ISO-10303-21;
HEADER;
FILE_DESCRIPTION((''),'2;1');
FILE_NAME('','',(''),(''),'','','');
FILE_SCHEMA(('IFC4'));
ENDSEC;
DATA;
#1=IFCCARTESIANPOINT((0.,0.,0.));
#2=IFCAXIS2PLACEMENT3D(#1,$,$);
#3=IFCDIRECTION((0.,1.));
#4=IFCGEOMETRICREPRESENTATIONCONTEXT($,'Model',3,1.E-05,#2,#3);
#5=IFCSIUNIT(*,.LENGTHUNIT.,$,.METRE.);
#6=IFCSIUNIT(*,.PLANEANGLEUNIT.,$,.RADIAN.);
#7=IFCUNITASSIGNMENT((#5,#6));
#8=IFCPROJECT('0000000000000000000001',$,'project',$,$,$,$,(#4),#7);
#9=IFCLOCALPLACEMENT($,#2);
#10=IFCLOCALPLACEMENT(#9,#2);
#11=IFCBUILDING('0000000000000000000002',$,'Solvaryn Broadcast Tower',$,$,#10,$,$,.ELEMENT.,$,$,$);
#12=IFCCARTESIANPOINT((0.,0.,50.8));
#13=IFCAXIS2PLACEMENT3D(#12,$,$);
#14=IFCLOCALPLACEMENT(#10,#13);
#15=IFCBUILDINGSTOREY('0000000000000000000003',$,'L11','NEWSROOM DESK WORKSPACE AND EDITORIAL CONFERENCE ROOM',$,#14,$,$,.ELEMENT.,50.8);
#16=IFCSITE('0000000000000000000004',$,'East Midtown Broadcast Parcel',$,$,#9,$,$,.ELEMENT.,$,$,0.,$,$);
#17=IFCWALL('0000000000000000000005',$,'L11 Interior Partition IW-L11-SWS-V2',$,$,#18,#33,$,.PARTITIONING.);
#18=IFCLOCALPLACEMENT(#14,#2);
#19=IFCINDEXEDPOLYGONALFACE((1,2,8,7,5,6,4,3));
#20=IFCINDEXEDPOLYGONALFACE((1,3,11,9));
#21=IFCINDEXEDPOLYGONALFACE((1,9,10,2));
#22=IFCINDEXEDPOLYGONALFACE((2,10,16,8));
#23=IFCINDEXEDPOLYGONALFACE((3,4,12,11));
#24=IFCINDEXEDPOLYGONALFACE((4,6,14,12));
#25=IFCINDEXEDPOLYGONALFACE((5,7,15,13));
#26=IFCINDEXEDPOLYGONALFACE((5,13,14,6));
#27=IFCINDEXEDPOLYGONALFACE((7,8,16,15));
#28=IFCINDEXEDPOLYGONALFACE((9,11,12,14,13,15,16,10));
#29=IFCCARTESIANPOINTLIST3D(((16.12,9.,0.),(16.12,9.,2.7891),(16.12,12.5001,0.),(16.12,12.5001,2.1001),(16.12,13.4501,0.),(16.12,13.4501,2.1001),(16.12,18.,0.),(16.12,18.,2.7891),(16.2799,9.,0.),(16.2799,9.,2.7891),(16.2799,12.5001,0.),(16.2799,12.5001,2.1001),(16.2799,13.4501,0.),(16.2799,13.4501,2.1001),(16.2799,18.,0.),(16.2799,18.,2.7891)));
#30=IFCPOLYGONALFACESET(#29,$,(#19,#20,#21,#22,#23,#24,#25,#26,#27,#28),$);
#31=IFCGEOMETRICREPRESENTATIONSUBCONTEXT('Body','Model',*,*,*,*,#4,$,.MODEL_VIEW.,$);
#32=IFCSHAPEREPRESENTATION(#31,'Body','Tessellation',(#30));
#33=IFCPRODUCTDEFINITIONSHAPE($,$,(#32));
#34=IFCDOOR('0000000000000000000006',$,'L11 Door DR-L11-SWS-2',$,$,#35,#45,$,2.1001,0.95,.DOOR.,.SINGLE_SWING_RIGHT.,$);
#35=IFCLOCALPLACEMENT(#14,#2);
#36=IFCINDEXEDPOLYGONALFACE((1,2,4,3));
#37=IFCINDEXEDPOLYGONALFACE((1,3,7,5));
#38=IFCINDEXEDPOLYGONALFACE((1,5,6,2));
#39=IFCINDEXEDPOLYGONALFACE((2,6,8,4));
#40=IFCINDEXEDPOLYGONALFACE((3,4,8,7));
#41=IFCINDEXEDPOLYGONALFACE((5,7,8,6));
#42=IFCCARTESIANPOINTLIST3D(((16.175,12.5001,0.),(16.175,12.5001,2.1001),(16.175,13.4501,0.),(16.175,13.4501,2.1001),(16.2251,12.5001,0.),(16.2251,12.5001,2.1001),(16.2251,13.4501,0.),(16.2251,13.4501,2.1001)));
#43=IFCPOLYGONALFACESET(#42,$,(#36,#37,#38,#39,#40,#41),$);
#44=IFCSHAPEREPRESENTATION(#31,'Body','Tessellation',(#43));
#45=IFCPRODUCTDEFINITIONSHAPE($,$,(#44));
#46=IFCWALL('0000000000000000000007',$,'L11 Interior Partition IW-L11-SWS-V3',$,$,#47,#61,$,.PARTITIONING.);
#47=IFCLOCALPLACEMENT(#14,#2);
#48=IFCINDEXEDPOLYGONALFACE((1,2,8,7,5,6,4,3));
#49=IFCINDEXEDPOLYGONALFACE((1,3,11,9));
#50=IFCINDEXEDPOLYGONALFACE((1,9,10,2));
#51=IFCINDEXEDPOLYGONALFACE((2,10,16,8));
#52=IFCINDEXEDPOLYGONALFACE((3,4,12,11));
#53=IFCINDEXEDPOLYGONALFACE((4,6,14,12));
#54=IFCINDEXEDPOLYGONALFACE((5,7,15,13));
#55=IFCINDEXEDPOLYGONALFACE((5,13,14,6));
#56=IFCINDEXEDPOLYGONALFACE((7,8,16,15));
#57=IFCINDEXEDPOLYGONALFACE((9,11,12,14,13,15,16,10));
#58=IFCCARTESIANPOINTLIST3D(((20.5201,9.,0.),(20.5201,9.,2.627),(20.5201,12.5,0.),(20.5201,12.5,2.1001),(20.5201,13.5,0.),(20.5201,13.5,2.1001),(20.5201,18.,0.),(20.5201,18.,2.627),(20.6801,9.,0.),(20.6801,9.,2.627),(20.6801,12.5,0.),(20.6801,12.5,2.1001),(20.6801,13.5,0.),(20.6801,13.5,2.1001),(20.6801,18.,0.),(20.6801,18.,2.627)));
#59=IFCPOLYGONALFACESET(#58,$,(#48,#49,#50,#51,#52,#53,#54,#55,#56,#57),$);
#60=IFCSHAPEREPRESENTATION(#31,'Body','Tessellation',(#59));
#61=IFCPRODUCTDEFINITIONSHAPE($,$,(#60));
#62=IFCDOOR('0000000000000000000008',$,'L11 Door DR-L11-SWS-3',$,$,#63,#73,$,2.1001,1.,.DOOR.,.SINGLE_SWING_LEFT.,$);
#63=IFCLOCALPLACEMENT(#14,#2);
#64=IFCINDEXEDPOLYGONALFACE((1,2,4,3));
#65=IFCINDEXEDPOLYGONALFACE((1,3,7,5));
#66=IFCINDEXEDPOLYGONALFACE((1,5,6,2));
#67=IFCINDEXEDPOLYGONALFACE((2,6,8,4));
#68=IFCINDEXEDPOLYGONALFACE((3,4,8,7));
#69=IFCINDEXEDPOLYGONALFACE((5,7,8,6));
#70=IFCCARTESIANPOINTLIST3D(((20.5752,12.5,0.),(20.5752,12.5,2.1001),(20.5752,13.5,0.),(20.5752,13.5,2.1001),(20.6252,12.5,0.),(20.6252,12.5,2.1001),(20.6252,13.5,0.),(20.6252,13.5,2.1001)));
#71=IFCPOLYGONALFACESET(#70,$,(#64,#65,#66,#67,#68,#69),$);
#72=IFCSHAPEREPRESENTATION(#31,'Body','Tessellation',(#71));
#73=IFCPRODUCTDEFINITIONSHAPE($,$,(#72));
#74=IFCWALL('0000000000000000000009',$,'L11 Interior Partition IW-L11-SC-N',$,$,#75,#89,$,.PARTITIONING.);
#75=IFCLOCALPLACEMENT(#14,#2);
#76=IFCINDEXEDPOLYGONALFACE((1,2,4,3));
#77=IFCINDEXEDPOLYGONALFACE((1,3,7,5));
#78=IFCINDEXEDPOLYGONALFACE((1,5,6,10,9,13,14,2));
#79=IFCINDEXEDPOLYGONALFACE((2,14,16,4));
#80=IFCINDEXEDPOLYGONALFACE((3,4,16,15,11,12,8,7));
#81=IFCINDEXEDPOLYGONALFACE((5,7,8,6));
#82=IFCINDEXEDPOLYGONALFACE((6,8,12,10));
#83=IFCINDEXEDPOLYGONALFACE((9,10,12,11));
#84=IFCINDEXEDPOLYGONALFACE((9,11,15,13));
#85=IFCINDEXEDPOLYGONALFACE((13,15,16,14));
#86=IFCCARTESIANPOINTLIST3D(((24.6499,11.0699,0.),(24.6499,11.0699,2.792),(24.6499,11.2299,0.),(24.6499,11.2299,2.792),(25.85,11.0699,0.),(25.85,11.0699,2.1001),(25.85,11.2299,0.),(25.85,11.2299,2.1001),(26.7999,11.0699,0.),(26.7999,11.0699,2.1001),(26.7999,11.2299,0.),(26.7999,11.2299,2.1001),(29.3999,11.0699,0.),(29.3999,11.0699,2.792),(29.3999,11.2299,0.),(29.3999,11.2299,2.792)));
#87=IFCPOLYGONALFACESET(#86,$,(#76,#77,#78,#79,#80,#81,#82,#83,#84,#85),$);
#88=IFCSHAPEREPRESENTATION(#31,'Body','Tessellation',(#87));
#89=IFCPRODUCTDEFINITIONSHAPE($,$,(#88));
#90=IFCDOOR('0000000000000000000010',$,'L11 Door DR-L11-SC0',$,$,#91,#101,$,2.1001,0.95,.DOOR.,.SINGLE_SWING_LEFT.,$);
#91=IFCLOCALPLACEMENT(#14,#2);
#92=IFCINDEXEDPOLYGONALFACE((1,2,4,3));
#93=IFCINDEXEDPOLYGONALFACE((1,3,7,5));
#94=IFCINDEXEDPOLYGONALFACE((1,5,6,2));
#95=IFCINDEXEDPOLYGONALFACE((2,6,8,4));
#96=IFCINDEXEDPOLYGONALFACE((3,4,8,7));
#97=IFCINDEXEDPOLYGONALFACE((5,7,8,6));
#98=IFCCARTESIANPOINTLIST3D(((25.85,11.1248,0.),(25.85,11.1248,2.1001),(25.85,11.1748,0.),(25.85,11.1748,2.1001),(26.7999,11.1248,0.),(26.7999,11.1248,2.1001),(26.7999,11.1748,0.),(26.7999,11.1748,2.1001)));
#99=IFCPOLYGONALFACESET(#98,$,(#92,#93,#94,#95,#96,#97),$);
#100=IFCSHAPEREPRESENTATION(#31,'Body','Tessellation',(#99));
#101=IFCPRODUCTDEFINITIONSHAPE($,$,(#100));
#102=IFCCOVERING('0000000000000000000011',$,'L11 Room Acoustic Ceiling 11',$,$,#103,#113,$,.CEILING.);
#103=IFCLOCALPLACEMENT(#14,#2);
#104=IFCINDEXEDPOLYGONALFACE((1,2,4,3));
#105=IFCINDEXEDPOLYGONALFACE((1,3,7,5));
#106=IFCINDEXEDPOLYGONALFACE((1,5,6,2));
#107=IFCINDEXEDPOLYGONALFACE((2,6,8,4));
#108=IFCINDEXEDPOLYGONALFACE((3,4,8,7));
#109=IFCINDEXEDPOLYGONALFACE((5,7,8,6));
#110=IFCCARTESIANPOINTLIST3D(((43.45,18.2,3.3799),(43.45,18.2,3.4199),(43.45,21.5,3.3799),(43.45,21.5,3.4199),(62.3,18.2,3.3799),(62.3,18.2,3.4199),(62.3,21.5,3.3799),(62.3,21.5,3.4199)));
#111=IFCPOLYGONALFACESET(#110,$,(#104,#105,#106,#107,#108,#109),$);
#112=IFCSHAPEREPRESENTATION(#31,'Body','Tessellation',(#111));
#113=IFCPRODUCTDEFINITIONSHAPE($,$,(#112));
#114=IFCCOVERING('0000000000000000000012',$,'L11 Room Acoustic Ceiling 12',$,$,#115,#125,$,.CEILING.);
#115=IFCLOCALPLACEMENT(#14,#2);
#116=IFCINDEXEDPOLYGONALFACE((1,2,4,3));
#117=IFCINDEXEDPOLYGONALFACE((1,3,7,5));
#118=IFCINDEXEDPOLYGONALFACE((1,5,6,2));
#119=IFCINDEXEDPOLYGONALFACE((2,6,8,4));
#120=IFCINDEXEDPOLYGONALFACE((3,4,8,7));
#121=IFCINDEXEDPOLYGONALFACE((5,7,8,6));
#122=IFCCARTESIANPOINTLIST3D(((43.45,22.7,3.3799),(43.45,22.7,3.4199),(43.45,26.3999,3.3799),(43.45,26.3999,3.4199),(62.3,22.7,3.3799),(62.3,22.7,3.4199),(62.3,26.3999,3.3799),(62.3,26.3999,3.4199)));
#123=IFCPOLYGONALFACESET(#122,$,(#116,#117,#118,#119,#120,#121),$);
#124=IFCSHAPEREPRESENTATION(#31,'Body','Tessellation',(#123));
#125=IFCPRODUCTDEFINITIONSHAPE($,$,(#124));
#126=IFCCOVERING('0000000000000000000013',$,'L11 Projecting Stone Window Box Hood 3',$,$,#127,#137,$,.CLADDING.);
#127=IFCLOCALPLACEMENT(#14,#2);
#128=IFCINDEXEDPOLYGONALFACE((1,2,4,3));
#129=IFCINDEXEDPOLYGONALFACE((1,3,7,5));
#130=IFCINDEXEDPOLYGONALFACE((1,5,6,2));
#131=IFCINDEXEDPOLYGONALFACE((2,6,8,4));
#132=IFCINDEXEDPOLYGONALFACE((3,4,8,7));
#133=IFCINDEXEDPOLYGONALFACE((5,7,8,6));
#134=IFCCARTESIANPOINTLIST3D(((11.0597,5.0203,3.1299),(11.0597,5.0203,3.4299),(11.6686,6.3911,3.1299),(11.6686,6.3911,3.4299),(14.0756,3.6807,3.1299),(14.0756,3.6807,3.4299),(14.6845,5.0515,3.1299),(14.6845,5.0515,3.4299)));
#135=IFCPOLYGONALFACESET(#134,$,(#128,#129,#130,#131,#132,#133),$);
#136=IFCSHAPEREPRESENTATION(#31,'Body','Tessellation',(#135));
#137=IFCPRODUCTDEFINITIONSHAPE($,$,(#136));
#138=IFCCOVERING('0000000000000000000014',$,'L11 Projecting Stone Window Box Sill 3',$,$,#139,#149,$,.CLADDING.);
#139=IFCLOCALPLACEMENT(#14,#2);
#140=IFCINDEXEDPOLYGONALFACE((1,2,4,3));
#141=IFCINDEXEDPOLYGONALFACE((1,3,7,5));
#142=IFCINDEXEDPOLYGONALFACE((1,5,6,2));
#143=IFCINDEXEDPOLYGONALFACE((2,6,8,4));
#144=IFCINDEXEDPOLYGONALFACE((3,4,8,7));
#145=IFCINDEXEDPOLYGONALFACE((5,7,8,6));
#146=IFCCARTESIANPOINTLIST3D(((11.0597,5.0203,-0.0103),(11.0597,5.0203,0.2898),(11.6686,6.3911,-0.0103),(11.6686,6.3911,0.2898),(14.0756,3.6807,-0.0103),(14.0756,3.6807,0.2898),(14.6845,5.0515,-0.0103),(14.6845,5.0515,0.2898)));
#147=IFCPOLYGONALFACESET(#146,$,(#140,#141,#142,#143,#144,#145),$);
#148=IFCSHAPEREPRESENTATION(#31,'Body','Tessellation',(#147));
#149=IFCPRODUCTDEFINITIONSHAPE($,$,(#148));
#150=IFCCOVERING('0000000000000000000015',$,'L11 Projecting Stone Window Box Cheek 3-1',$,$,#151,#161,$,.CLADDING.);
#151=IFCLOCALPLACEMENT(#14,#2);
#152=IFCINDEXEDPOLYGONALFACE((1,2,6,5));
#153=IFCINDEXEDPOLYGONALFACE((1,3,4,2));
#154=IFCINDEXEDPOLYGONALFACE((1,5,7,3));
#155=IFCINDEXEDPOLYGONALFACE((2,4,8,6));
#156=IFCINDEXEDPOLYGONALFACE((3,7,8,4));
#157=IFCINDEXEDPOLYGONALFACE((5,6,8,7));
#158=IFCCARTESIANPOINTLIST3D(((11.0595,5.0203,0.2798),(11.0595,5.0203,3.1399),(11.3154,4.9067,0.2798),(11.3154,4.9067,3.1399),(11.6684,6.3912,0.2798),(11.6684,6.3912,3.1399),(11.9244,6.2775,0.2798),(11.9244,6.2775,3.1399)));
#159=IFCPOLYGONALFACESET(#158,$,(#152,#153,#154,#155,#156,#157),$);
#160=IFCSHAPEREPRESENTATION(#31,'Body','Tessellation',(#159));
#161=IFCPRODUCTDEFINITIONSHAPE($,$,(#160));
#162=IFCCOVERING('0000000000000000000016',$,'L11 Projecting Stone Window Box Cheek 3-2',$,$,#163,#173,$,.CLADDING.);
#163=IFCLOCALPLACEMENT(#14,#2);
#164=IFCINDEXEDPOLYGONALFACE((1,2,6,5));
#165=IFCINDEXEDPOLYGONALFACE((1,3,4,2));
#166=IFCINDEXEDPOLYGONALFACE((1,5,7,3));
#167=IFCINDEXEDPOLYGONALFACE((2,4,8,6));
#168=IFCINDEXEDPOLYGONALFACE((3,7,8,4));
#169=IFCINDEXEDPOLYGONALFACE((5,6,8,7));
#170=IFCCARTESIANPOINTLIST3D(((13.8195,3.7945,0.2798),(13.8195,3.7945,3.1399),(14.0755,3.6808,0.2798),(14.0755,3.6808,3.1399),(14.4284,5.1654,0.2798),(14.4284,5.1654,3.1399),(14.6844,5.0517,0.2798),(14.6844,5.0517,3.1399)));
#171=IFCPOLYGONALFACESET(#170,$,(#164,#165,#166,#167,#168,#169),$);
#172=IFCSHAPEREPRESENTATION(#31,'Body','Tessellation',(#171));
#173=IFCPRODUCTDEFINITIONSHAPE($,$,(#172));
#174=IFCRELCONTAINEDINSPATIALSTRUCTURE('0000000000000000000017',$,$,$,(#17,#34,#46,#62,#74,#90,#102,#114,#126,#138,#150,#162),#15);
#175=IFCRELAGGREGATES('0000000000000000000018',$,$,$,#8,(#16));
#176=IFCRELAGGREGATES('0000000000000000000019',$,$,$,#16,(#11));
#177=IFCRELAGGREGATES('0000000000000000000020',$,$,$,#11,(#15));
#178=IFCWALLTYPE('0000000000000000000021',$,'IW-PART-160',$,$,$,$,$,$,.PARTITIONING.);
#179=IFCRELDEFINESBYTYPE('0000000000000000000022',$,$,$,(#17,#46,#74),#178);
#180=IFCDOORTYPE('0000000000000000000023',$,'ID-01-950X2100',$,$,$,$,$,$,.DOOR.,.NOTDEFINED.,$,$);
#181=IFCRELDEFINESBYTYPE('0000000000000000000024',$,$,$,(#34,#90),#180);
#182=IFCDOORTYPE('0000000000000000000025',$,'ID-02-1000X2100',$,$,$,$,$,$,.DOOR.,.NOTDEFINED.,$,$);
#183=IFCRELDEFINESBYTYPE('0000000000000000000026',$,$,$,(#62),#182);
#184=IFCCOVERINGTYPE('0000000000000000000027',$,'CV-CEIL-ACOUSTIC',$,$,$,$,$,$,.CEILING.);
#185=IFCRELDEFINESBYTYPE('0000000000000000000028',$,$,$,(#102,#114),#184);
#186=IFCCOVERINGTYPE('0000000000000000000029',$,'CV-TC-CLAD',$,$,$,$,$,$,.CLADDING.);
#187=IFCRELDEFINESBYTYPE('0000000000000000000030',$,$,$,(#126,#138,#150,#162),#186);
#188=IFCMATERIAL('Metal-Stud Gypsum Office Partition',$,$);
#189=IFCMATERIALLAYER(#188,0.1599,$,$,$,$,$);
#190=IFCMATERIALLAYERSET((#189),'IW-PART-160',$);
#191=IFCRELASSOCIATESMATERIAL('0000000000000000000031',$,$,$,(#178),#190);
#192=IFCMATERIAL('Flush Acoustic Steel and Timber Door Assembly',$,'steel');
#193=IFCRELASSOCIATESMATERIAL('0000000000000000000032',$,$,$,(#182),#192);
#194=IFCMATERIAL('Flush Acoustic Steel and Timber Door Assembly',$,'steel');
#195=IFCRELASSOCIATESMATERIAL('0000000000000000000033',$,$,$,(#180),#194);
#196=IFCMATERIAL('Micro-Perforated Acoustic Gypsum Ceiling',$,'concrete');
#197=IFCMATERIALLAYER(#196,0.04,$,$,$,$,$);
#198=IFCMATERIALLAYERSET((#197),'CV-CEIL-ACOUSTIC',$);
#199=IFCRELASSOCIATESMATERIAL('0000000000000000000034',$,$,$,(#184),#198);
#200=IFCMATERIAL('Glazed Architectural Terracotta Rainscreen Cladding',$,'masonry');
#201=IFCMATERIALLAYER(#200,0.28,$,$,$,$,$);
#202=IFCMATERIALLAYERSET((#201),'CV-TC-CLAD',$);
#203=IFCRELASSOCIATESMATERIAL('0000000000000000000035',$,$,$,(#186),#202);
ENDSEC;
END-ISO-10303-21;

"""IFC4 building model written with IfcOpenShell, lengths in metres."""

from ifc_helpers import new_model, si_unit, direction, frame, frame_2d, origin, origin_2d, place, context, subcontext, project, spatial, polyline, rectangle, outline, extrude, material, layer, layer_set, type_object, element, fill, save


model = new_model("IFC4")

# Units and contexts
model_context = context("Model", 3, precision=1e-05, world=origin(), true_north=direction((0.0, 1.0)))
body_context = subcontext(model_context, "Body", "Model", "MODEL_VIEW")
ifc_project = project(units=[si_unit("LENGTHUNIT", "METRE"), si_unit("PLANEANGLEUNIT", "RADIAN")], contexts=[model_context])

# Site, building, storey
site_placement = place(None, origin())
site = spatial("IfcSite", under=ifc_project, at=site_placement, Name="East Midtown Broadcast Parcel", CompositionType="ELEMENT", RefElevation=0.0)
building_placement = place(site_placement, origin())
building = spatial("IfcBuilding", under=site, at=building_placement, Name="Solvaryn Broadcast Tower", CompositionType="ELEMENT")
storey_placement = place(building_placement, frame((0.0, 0.0, 50.8)))
storey = spatial("IfcBuildingStorey", under=building, at=storey_placement, Name="L11", Description="NEWSROOM DESK WORKSPACE AND EDITORIAL CONFERENCE ROOM", CompositionType="ELEMENT", Elevation=50.8)

# Shared definitions
ifc_material_1 = material(Name="Metal-Stud Gypsum Office Partition")
ifc_layer_1 = layer(ifc_material_1, 0.1599)
ifc_layer_set_1 = layer_set([ifc_layer_1], Name="IW-PART-160")
wall_type = type_object("IfcWallType", Name="IW-PART-160", PredefinedType="PARTITIONING", material=ifc_layer_set_1)
ifc_material_2 = material(Name="Flush Acoustic Steel and Timber Door Assembly", Category="steel")
door_type_1 = type_object("IfcDoorType", Name="ID-02-1000X2100", OperationType="NOTDEFINED", PredefinedType="DOOR", material=ifc_material_2)

# Walls, openings, doors
wall_1_placement = place(storey_placement, frame((16.2, 9.0, 0.0), z_axis=(0.0, 0.0, 1.0), x_axis=(0.0, 1.0, 0.0)))
wall_1 = element("IfcWall", 1, at=wall_1_placement, inside=storey, type_object=wall_type, Name="L11 Interior Partition IW-L11-SWS-V2", PredefinedType="PARTITIONING", context=body_context, shape_type="SweptSolid", body=[
    extrude(rectangle(XDim=9.0, YDim=0.1599, at=frame_2d((4.5, 0.0))), origin(), (0.0, 0.0, 1.0), 2.7891),
])
opening_1_placement = place(wall_1_placement, frame((3.5, 0.0, 0.0)))
opening_1 = element("IfcOpeningElement", 2, at=opening_1_placement, cuts=wall_1, PredefinedType="OPENING", context=body_context, shape_type="SweptSolid", body=[
    extrude(rectangle(XDim=0.95, YDim=2.1001, at=frame_2d((0.4751, 1.05))), frame((0.0, 0.0901, 0.0), z_axis=(0.0, -1.0, 0.0), x_axis=(1.0, 0.0, 0.0)), (0.0, 0.0, 1.0), 0.1799),
])
ifc_material_3 = material(Name="Flush Acoustic Steel and Timber Door Assembly", Category="steel")
door_type_2 = type_object("IfcDoorType", Name="ID-01-950X2100", OperationType="NOTDEFINED", PredefinedType="DOOR", material=ifc_material_3)
door_1_placement = place(opening_1_placement, origin())
door_1 = element("IfcDoor", 3, at=door_1_placement, inside=storey, type_object=door_type_2, Name="L11 Door DR-L11-SWS-2", OperationType="SINGLE_SWING_RIGHT", OverallHeight=2.1001, OverallWidth=0.95, PredefinedType="DOOR", context=body_context, shape_type="SweptSolid", body=[
    extrude(rectangle(XDim=0.95, YDim=2.1001, at=frame_2d((0.4751, 1.05))), frame((0.0, 0.0249, 0.0), z_axis=(0.0, -1.0, 0.0), x_axis=(1.0, 0.0, 0.0)), (0.0, 0.0, 1.0), 0.05),
])
fill(opening_1, door_1)
wall_2_placement = place(storey_placement, frame((20.6001, 9.0, 0.0), z_axis=(0.0, 0.0, 1.0), x_axis=(0.0, 1.0, 0.0)))
wall_2 = element("IfcWall", 4, at=wall_2_placement, inside=storey, type_object=wall_type, Name="L11 Interior Partition IW-L11-SWS-V3", PredefinedType="PARTITIONING", context=body_context, shape_type="SweptSolid", body=[
    extrude(rectangle(XDim=9.0, YDim=0.1599, at=frame_2d((4.5, 0.0))), origin(), (0.0, 0.0, 1.0), 2.627),
])
opening_2_placement = place(wall_2_placement, frame((3.5, 0.0, 0.0)))
opening_2 = element("IfcOpeningElement", 5, at=opening_2_placement, cuts=wall_2, PredefinedType="OPENING", context=body_context, shape_type="SweptSolid", body=[
    extrude(rectangle(XDim=1.0, YDim=2.1001, at=frame_2d((0.5, 1.05))), frame((0.0, 0.0901, 0.0), z_axis=(0.0, -1.0, 0.0), x_axis=(1.0, 0.0, 0.0)), (0.0, 0.0, 1.0), 0.1799),
])
door_2_placement = place(opening_2_placement, origin())
door_2 = element("IfcDoor", 6, at=door_2_placement, inside=storey, type_object=door_type_1, Name="L11 Door DR-L11-SWS-3", OperationType="SINGLE_SWING_LEFT", OverallHeight=2.1001, OverallWidth=1.0, PredefinedType="DOOR", context=body_context, shape_type="SweptSolid", body=[
    extrude(rectangle(XDim=1.0, YDim=2.1001, at=frame_2d((0.5, 1.05))), frame((0.0, 0.0249, 0.0), z_axis=(0.0, -1.0, 0.0), x_axis=(1.0, 0.0, 0.0)), (0.0, 0.0, 1.0), 0.05),
])
fill(opening_2, door_2)
wall_3_placement = place(storey_placement, frame((24.6499, 11.1499, 0.0), z_axis=(0.0, 0.0, 1.0), x_axis=(1.0, 0.0, 0.0)))
wall_3 = element("IfcWall", 7, at=wall_3_placement, inside=storey, type_object=wall_type, Name="L11 Interior Partition IW-L11-SC-N", PredefinedType="PARTITIONING", context=body_context, shape_type="SweptSolid", body=[
    extrude(rectangle(XDim=4.75, YDim=0.1599, at=frame_2d((2.375, 0.0))), origin(), (0.0, 0.0, 1.0), 2.792),
])
opening_3_placement = place(wall_3_placement, frame((1.2, 0.0, 0.0)))
opening_3 = element("IfcOpeningElement", 8, at=opening_3_placement, cuts=wall_3, PredefinedType="OPENING", context=body_context, shape_type="SweptSolid", body=[
    extrude(rectangle(XDim=0.95, YDim=2.1001, at=frame_2d((0.4751, 1.05))), frame((0.0, 0.0901, 0.0), z_axis=(0.0, -1.0, 0.0), x_axis=(1.0, 0.0, 0.0)), (0.0, 0.0, 1.0), 0.1799),
])
door_3_placement = place(opening_3_placement, origin())
door_3 = element("IfcDoor", 9, at=door_3_placement, inside=storey, type_object=door_type_2, Name="L11 Door DR-L11-SC0", OperationType="SINGLE_SWING_LEFT", OverallHeight=2.1001, OverallWidth=0.95, PredefinedType="DOOR", context=body_context, shape_type="SweptSolid", body=[
    extrude(rectangle(XDim=0.95, YDim=2.1001, at=frame_2d((0.4751, 1.05))), frame((0.0, 0.0249, 0.0), z_axis=(0.0, -1.0, 0.0), x_axis=(1.0, 0.0, 0.0)), (0.0, 0.0, 1.0), 0.05),
])
fill(opening_3, door_3)

# Coverings
ifc_material_4 = material(Name="Micro-Perforated Acoustic Gypsum Ceiling", Category="concrete")
ifc_layer_2 = layer(ifc_material_4, 0.04)
ifc_layer_set_2 = layer_set([ifc_layer_2], Name="CV-CEIL-ACOUSTIC")
covering_type_1 = type_object("IfcCoveringType", Name="CV-CEIL-ACOUSTIC", PredefinedType="CEILING", material=ifc_layer_set_2)
covering_1_placement = place(storey_placement, frame((0.0, 0.0, 3.3799)))
element("IfcCovering", 10, at=covering_1_placement, inside=storey, type_object=covering_type_1, Name="L11 Room Acoustic Ceiling 11", PredefinedType="CEILING", context=body_context, shape_type="SweptSolid", body=[
    extrude(outline(polyline([(43.45, 18.2), (62.3, 18.2), (62.3, 21.5), (43.45, 21.5), (43.45, 18.2)])), origin(), (0.0, 0.0, 1.0), 0.04),
])
covering_2_placement = place(storey_placement, frame((0.0, 0.0, 3.3799)))
element("IfcCovering", 11, at=covering_2_placement, inside=storey, type_object=covering_type_1, Name="L11 Room Acoustic Ceiling 12", PredefinedType="CEILING", context=body_context, shape_type="SweptSolid", body=[
    extrude(outline(polyline([(43.45, 22.7), (62.3, 22.7), (62.3, 26.3999), (43.45, 26.3999), (43.45, 22.7)])), origin(), (0.0, 0.0, 1.0), 0.04),
])
ifc_material_5 = material(Name="Glazed Architectural Terracotta Rainscreen Cladding", Category="masonry")
ifc_layer_3 = layer(ifc_material_5, 0.28)
ifc_layer_set_3 = layer_set([ifc_layer_3], Name="CV-TC-CLAD")
covering_type_2 = type_object("IfcCoveringType", Name="CV-TC-CLAD", PredefinedType="CLADDING", material=ifc_layer_set_3)
for number, where, z_axis, x_axis, name in (
    (12, (12.8721, 5.0359, 3.1299), (0.0, 0.0, 1.0), (0.9139, -0.405939, 0.0), "L11 Projecting Stone Window Box Hood 3"),
    (13, (12.8721, 5.0359, -0.0103), (0.0, 0.0, 1.0), (0.9139, -0.405939, 0.0), "L11 Projecting Stone Window Box Sill 3"),
):
    element("IfcCovering", number, at=place(storey_placement, frame(where, z_axis=z_axis, x_axis=x_axis)), inside=storey, type_object=covering_type_2, Name=name, PredefinedType="CLADDING", context=body_context, shape_type="SweptSolid", body=[
        extrude(rectangle(XDim=3.3, YDim=1.5, at=origin_2d()), origin(), (0.0, 0.0, 1.0), 0.3),
    ])
for number, where, z_axis, x_axis, name in (
    (14, (11.4919, 5.6489, 0.2798), (0.0, 0.0, 1.0), (0.9139, -0.405939, 0.0), "L11 Projecting Stone Window Box Cheek 3-1"),
    (15, (14.252, 4.4231, 0.2798), (0.0, 0.0, 1.0), (0.9139, -0.405939, 0.0), "L11 Projecting Stone Window Box Cheek 3-2"),
):
    element("IfcCovering", number, at=place(storey_placement, frame(where, z_axis=z_axis, x_axis=x_axis)), inside=storey, type_object=covering_type_2, Name=name, PredefinedType="CLADDING", context=body_context, shape_type="SweptSolid", body=[
        extrude(rectangle(XDim=0.28, YDim=1.5, at=origin_2d()), origin(), (0.0, 0.0, 1.0), 2.8601),
    ])

save(model, "model.ifc")
